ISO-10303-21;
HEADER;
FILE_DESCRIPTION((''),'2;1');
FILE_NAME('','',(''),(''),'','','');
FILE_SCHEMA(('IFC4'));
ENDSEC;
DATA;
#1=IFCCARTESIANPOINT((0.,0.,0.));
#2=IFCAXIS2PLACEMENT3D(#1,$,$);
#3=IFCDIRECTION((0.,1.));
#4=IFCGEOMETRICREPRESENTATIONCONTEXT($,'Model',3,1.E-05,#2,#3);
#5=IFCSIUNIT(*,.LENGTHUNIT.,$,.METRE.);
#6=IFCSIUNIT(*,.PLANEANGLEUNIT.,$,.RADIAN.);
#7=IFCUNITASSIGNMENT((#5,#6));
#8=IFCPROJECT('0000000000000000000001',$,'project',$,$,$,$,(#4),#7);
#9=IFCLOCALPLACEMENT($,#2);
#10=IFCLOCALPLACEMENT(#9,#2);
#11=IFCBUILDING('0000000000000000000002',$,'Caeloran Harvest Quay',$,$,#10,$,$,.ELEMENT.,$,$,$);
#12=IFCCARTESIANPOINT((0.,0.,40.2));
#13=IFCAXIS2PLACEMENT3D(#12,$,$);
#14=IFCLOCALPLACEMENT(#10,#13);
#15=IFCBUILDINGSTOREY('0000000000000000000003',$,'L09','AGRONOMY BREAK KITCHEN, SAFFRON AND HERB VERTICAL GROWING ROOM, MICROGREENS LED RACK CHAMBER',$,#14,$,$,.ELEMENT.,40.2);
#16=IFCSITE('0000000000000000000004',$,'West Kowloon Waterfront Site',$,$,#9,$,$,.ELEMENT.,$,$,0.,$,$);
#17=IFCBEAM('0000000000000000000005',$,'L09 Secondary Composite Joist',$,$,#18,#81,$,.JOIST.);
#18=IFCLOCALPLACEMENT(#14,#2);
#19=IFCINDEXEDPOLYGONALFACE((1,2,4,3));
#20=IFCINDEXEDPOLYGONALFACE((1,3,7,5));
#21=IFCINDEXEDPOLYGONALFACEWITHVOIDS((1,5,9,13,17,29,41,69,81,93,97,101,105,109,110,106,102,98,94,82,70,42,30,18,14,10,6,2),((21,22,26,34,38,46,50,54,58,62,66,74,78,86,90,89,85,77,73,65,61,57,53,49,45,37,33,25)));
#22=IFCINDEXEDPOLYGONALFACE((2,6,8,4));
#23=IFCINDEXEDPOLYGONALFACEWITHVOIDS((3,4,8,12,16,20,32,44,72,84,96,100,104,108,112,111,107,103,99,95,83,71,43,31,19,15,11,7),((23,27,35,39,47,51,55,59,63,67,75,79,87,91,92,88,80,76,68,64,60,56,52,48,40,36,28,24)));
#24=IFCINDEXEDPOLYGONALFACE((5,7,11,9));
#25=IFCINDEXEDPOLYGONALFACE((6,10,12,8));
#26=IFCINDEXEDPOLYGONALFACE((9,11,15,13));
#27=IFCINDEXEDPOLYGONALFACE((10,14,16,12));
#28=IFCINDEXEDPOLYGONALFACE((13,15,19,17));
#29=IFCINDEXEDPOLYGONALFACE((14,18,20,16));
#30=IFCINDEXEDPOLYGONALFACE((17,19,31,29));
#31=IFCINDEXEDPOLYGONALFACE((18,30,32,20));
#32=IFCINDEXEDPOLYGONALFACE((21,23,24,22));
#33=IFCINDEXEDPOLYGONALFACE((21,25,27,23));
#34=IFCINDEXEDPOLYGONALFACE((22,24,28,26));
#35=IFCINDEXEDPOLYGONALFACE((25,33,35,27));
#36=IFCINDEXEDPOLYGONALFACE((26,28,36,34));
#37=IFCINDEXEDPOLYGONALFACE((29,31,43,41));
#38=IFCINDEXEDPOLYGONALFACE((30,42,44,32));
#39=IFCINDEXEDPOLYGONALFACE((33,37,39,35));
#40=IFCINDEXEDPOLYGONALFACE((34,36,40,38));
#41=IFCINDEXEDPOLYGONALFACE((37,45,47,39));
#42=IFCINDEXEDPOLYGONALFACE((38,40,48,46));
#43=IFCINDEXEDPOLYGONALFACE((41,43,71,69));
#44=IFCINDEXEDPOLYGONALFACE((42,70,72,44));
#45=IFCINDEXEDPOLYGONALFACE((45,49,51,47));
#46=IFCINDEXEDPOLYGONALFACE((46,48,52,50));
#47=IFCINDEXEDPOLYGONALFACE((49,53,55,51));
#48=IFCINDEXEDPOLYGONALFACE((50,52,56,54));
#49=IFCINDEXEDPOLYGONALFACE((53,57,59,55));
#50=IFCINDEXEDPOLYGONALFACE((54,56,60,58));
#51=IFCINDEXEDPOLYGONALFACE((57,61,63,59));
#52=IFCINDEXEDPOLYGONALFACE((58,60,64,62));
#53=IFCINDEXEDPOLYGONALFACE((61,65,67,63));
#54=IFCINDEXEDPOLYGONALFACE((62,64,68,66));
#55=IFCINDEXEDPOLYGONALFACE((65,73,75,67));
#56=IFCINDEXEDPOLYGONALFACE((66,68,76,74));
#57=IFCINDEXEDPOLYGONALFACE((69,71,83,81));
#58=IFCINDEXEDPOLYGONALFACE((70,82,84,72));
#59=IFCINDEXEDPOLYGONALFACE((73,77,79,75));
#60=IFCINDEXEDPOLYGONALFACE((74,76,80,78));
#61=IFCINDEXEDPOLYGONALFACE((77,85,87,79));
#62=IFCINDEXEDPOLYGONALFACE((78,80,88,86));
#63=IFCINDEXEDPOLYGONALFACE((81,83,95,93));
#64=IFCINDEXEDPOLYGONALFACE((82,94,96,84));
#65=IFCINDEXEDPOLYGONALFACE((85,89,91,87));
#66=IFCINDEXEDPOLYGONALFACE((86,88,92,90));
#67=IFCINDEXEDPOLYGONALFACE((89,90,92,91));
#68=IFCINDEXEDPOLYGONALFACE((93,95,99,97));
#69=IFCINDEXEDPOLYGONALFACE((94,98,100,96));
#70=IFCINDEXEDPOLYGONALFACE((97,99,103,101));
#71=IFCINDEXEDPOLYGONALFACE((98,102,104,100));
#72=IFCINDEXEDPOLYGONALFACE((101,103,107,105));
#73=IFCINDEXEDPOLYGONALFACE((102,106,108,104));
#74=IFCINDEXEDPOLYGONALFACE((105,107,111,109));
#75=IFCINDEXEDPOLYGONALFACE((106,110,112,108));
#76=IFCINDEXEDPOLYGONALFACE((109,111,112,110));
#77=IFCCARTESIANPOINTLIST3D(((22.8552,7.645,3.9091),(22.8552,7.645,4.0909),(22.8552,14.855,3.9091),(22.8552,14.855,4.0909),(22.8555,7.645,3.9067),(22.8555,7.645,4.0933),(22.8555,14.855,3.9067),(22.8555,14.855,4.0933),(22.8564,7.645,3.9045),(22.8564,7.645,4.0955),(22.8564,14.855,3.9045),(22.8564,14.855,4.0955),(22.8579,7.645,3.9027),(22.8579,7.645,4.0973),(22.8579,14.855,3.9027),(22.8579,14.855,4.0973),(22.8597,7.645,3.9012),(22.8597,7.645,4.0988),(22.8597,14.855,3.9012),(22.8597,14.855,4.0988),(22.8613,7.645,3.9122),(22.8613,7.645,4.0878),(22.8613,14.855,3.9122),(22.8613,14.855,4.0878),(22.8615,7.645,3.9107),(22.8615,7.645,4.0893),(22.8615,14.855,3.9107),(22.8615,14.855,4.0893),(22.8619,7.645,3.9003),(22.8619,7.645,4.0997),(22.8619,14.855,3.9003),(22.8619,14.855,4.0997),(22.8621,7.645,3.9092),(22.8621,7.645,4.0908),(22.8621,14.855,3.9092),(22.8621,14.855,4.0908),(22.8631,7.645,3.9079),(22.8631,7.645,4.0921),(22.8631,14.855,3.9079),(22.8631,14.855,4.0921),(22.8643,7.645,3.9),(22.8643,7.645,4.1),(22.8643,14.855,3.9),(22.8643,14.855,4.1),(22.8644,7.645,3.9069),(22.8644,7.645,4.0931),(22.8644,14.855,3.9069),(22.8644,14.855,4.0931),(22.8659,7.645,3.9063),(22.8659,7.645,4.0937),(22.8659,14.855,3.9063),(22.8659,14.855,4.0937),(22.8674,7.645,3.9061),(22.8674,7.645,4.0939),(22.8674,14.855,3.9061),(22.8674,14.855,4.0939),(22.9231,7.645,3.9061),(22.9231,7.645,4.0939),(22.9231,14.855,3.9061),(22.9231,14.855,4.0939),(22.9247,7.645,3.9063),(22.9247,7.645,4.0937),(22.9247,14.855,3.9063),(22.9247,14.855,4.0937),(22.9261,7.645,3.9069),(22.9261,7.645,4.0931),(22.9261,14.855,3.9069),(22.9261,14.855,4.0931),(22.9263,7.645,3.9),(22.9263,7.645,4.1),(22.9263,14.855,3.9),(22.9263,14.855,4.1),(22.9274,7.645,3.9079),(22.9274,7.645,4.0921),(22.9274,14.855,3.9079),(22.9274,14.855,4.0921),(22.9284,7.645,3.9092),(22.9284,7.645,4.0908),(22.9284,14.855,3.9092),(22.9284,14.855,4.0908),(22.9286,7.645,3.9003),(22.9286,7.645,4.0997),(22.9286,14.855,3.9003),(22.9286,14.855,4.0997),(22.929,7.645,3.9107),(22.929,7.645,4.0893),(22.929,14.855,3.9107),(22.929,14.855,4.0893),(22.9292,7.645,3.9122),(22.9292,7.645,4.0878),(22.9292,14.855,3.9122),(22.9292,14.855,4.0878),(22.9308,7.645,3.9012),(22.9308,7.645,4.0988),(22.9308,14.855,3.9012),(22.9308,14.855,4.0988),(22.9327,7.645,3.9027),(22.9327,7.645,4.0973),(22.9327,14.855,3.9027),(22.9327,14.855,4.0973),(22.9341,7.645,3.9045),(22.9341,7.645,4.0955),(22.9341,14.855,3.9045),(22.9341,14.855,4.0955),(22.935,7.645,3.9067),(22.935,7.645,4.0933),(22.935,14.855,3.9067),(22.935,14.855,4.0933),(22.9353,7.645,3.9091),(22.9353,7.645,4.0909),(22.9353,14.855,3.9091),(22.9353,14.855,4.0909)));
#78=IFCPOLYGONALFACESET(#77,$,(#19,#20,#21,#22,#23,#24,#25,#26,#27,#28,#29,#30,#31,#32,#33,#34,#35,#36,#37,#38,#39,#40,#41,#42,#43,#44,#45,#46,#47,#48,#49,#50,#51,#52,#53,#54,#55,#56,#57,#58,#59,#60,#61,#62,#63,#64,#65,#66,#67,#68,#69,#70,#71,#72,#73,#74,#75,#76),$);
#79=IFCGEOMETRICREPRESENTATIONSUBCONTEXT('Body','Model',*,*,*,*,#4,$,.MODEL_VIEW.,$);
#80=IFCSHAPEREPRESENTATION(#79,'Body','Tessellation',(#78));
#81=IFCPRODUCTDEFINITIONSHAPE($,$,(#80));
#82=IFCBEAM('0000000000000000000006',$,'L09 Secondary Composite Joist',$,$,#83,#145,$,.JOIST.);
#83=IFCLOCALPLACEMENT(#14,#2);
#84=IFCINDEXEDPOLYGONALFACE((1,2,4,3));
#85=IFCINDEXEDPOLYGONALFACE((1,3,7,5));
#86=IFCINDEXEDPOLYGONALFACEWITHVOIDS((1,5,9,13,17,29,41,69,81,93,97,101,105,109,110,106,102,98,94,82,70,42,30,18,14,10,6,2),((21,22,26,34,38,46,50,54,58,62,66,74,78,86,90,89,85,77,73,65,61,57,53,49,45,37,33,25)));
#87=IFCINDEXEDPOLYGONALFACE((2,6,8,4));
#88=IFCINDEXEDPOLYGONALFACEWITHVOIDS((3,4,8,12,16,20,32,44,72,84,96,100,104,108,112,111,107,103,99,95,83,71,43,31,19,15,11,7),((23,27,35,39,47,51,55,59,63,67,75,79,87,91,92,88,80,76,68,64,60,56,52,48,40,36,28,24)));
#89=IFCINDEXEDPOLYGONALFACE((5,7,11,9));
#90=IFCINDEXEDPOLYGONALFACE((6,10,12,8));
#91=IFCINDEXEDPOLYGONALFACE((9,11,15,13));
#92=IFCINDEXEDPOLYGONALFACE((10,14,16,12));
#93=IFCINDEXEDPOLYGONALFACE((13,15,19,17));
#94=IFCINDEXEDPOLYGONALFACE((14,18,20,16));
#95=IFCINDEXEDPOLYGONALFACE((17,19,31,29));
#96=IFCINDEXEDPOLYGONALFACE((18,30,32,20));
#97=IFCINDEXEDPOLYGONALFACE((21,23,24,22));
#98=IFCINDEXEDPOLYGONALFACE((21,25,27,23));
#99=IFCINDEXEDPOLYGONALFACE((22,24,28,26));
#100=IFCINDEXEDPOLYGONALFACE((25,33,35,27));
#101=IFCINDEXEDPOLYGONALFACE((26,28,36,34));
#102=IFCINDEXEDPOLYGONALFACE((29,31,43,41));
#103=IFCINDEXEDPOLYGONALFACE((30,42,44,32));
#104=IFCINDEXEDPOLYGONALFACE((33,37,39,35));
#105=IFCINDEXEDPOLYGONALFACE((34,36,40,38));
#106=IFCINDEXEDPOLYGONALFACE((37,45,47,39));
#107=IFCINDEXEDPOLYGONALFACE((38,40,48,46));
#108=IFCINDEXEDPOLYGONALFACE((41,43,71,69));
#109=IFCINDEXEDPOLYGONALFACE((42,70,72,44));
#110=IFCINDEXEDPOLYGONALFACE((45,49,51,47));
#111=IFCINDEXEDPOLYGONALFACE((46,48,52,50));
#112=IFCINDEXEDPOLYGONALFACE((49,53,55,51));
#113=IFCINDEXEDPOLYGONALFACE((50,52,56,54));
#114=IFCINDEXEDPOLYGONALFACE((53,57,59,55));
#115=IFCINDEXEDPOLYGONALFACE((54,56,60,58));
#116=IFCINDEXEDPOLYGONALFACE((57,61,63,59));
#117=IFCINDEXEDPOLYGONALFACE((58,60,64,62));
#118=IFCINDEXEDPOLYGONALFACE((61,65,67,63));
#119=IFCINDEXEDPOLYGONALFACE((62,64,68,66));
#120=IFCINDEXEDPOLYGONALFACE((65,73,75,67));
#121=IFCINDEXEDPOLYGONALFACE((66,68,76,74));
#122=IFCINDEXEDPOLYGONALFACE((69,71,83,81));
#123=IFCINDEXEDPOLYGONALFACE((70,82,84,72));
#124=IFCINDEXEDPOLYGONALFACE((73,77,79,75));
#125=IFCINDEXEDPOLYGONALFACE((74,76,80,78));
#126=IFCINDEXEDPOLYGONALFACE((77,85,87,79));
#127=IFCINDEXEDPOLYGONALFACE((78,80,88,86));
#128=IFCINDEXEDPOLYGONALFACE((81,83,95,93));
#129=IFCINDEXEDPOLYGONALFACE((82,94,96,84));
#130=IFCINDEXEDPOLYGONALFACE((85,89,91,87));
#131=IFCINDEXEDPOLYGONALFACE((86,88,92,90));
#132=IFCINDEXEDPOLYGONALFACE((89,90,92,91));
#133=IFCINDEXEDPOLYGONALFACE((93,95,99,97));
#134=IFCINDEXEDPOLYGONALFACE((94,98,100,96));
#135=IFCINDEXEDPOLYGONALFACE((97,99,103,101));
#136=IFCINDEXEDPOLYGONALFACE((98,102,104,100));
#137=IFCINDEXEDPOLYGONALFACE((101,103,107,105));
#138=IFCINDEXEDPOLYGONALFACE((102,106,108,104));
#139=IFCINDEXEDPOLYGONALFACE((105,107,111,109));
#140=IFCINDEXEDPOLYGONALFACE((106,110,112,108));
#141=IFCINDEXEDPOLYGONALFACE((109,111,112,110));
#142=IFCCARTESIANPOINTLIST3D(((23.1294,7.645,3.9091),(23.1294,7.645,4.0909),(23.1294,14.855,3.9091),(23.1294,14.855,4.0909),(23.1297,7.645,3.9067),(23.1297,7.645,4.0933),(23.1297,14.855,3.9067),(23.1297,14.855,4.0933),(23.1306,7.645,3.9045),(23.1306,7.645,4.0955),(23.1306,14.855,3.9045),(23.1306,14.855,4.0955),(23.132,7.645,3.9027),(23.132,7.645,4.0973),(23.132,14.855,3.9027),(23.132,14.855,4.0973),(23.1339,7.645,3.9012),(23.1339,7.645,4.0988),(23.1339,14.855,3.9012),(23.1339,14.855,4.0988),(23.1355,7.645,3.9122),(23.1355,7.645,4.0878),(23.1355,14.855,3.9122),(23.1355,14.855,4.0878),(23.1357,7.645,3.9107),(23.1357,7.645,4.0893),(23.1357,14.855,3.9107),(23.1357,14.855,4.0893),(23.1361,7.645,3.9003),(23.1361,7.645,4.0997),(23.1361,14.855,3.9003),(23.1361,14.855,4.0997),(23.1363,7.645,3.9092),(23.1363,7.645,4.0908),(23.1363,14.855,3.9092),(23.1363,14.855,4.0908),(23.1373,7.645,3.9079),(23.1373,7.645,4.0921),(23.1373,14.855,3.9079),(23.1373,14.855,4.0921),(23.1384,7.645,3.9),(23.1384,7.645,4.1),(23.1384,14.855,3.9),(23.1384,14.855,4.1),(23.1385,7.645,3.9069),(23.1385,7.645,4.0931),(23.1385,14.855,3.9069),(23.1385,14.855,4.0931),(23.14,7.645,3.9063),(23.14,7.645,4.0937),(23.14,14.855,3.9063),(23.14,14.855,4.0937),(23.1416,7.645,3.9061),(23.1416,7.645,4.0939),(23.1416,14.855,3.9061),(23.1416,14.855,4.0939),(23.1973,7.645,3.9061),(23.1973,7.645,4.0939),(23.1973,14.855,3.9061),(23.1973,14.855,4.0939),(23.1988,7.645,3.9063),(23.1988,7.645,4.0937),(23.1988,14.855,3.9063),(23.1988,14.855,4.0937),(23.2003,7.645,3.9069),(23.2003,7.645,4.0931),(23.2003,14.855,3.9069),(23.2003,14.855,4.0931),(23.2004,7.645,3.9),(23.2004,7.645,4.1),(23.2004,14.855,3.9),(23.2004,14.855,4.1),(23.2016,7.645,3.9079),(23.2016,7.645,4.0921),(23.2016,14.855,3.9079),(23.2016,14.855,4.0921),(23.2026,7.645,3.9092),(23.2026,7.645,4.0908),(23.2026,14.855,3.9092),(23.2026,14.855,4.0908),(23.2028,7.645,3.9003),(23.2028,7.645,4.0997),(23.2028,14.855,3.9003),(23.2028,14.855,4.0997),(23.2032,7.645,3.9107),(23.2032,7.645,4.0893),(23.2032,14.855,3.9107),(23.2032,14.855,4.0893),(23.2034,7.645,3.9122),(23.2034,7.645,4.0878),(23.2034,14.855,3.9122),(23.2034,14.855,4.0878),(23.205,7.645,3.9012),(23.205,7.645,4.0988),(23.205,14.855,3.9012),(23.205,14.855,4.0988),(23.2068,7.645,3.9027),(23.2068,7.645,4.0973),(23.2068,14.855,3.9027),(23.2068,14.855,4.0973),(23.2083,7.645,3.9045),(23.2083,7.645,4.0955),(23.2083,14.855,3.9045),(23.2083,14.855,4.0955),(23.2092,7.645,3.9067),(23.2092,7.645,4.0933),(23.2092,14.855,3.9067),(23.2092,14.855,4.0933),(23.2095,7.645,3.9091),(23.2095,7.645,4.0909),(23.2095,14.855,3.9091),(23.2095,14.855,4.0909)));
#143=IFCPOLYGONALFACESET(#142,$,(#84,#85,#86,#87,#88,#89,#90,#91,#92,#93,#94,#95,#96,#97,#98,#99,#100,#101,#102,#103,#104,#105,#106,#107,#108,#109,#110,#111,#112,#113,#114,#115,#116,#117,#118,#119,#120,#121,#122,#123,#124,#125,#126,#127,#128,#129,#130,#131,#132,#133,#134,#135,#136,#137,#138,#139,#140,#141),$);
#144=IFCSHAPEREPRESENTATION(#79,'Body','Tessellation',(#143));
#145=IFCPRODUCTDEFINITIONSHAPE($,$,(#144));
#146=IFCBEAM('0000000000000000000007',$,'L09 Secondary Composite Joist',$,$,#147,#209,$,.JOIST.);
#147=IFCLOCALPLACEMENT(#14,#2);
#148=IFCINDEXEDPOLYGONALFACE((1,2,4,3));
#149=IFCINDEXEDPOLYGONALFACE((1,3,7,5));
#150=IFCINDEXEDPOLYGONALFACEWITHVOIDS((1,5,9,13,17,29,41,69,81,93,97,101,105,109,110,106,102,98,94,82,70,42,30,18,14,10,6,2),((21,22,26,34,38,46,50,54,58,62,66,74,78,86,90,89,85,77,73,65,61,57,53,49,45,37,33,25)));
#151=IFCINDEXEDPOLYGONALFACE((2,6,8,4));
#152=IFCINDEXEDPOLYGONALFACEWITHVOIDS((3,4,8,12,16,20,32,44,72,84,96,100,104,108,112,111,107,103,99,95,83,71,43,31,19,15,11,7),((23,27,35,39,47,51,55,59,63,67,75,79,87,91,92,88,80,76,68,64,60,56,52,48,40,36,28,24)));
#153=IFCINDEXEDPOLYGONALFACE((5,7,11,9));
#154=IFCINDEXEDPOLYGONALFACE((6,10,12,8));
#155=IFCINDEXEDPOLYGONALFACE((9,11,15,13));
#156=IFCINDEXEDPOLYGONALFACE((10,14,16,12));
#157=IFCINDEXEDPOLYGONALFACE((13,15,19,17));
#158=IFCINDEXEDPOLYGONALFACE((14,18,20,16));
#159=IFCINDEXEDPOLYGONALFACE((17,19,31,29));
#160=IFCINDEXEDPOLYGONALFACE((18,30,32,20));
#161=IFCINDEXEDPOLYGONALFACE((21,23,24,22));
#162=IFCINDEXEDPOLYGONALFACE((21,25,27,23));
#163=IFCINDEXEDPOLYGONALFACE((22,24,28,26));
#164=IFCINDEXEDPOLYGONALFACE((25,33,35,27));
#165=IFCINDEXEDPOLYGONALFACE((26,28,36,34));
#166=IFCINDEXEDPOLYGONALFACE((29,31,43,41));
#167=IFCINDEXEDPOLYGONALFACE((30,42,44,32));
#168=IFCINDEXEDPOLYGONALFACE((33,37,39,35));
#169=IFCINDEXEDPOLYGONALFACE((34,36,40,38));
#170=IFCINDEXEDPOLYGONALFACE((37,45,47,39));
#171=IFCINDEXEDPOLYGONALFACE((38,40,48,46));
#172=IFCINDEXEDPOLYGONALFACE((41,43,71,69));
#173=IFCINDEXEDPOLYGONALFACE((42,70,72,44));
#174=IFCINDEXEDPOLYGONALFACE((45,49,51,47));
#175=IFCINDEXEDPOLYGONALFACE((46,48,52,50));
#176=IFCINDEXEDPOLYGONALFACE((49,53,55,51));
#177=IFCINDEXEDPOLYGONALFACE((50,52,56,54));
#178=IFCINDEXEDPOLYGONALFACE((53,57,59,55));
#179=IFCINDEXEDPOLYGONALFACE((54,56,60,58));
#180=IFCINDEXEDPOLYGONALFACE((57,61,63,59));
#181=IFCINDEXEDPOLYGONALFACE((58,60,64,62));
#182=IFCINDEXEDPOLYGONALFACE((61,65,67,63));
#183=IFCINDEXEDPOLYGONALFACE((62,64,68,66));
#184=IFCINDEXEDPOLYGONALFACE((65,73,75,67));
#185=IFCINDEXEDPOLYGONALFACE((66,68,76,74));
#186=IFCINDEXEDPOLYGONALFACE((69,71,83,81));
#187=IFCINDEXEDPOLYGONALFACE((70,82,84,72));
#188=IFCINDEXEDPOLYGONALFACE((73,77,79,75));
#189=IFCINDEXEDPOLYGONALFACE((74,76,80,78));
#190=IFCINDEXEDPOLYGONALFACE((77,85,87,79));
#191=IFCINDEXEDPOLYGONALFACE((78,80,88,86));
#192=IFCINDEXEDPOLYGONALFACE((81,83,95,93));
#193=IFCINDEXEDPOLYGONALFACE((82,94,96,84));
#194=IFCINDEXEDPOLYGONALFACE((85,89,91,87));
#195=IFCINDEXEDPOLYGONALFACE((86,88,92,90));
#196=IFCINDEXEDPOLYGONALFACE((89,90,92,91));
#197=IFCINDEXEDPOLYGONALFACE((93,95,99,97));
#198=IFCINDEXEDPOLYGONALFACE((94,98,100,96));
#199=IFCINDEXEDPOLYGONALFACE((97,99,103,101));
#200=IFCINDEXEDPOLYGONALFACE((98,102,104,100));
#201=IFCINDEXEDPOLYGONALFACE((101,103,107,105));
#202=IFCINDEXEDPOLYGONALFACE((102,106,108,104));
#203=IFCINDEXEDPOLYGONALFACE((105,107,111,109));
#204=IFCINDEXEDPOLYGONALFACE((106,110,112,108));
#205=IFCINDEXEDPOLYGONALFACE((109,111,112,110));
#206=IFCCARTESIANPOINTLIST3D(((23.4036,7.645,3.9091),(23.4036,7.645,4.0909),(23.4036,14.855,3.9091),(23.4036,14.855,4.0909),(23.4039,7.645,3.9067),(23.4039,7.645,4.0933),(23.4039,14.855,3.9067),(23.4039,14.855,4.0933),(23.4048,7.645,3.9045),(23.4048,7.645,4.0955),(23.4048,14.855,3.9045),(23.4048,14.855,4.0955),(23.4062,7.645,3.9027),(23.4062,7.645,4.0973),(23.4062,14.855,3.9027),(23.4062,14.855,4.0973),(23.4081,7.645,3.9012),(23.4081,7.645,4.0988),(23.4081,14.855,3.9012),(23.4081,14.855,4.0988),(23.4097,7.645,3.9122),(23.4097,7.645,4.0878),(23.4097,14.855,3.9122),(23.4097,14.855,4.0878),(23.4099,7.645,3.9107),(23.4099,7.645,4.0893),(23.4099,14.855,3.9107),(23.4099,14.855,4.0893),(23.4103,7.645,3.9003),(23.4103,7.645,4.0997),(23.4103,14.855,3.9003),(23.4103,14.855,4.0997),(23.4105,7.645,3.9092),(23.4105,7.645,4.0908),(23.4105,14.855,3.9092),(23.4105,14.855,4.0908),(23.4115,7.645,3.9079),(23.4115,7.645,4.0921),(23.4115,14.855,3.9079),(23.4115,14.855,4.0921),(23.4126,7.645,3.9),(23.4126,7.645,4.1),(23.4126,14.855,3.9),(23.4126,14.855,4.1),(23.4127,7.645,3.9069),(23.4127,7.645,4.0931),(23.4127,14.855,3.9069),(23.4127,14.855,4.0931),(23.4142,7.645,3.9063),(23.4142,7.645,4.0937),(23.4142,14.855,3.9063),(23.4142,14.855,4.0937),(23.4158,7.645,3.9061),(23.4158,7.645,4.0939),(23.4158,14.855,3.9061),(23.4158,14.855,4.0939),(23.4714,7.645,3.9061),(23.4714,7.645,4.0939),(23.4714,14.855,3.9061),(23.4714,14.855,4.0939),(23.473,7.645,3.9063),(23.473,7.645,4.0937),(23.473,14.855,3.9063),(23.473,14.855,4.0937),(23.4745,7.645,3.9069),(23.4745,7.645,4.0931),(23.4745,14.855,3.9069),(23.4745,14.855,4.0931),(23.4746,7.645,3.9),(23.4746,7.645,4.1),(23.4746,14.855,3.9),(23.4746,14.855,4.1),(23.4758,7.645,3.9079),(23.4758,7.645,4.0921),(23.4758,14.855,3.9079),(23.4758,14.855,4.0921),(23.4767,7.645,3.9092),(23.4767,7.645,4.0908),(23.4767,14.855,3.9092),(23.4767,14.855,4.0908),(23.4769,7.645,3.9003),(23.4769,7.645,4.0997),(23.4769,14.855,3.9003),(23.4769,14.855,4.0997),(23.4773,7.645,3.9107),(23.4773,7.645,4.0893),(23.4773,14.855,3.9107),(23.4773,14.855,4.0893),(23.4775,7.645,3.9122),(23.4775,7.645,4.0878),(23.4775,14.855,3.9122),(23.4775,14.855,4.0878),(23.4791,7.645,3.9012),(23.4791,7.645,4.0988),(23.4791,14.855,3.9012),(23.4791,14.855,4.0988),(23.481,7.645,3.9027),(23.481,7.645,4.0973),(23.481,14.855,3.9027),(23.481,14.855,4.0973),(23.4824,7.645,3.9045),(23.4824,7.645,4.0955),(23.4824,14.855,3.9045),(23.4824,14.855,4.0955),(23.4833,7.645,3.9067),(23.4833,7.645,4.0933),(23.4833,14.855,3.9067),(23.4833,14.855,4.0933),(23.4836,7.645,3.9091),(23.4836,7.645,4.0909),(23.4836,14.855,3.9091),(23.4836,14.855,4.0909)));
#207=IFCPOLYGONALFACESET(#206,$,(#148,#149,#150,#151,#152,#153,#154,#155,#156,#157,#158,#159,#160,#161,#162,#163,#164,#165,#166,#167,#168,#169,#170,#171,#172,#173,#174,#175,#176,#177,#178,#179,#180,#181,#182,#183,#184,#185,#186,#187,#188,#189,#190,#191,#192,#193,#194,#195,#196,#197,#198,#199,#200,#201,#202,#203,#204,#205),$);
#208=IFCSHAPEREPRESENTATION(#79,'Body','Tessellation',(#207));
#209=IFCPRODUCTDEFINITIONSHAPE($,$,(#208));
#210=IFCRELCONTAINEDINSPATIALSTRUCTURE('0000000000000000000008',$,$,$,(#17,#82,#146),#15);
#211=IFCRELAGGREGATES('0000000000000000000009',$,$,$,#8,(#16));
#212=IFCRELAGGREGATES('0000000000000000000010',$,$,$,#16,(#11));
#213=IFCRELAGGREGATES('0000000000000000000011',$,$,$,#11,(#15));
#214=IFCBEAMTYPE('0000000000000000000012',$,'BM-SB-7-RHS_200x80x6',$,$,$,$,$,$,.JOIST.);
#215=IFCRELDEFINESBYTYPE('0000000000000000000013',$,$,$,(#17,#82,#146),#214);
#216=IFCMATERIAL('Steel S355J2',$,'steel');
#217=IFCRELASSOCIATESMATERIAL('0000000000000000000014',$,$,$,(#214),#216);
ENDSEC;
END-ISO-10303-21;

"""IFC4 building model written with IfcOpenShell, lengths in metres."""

from ifc_helpers import new_model, si_unit, direction, frame, origin, origin_2d, place, context, subcontext, project, spatial, hollow_rectangle, extrude, material, material_profile, profile_set, type_object, element, save


model = new_model("IFC4")

# Units and contexts
model_context = context("Model", 3, precision=1e-05, world=origin(), true_north=direction((0.0, 1.0)))
body_context = subcontext(model_context, "Body", "Model", "MODEL_VIEW")
ifc_project = project(units=[si_unit("LENGTHUNIT", "METRE"), si_unit("PLANEANGLEUNIT", "RADIAN")], contexts=[model_context])

# Site, building, storey
site_placement = place(None, origin())
site = spatial("IfcSite", under=ifc_project, at=site_placement, Name="West Kowloon Waterfront Site", CompositionType="ELEMENT", RefElevation=0.0)
building_placement = place(site_placement, origin())
building = spatial("IfcBuilding", under=site, at=building_placement, Name="Caeloran Harvest Quay", CompositionType="ELEMENT")
storey_placement = place(building_placement, frame((0.0, 0.0, 40.2)))
storey = spatial("IfcBuildingStorey", under=building, at=storey_placement, Name="L09", Description="AGRONOMY BREAK KITCHEN, SAFFRON AND HERB VERTICAL GROWING ROOM, MICROGREENS LED RACK CHAMBER", CompositionType="ELEMENT", Elevation=40.2)

# Beams
ifc_material_1 = material(Name="Steel S355J2", Category="steel")
ifc_material_profile_1 = material_profile(ifc_material_1, hollow_rectangle(XDim=0.0801, YDim=0.2, WallThickness=0.0061, InnerFilletRadius=0.0061, OuterFilletRadius=0.009, at=origin_2d()), Name="RHS 200x80x6")
ifc_profile_set_1 = profile_set([ifc_material_profile_1], Name="Steel S355J2")
beam_type_1 = type_object("IfcBeamType", Name="BM-SB-7-RHS_200x80x6", PredefinedType="JOIST", material=ifc_profile_set_1)
for number, where, z_axis, x_axis, name in (
    (1, (22.8953, 7.645, 4.0), (0.0, 1.0, 0.0), (-1.0, 0.0, 0.0), "L09 Secondary Composite Joist"),
    (2, (23.1694, 7.645, 4.0), (0.0, 1.0, 0.0), (-1.0, 0.0, 0.0), "L09 Secondary Composite Joist"),
    (3, (23.4436, 7.645, 4.0), (0.0, 1.0, 0.0), (-1.0, 0.0, 0.0), "L09 Secondary Composite Joist"),
):
    element("IfcBeam", number, at=place(storey_placement, frame(where, z_axis=z_axis, x_axis=x_axis)), inside=storey, type_object=beam_type_1, Name=name, PredefinedType="JOIST", context=body_context, shape_type="SweptSolid", body=[
        extrude(hollow_rectangle(XDim=0.0801, YDim=0.2, WallThickness=0.0061, InnerFilletRadius=0.0061, OuterFilletRadius=0.009, at=origin_2d()), origin(), (0.0, 0.0, 1.0), 7.21),
    ])

save(model, "model.ifc")
